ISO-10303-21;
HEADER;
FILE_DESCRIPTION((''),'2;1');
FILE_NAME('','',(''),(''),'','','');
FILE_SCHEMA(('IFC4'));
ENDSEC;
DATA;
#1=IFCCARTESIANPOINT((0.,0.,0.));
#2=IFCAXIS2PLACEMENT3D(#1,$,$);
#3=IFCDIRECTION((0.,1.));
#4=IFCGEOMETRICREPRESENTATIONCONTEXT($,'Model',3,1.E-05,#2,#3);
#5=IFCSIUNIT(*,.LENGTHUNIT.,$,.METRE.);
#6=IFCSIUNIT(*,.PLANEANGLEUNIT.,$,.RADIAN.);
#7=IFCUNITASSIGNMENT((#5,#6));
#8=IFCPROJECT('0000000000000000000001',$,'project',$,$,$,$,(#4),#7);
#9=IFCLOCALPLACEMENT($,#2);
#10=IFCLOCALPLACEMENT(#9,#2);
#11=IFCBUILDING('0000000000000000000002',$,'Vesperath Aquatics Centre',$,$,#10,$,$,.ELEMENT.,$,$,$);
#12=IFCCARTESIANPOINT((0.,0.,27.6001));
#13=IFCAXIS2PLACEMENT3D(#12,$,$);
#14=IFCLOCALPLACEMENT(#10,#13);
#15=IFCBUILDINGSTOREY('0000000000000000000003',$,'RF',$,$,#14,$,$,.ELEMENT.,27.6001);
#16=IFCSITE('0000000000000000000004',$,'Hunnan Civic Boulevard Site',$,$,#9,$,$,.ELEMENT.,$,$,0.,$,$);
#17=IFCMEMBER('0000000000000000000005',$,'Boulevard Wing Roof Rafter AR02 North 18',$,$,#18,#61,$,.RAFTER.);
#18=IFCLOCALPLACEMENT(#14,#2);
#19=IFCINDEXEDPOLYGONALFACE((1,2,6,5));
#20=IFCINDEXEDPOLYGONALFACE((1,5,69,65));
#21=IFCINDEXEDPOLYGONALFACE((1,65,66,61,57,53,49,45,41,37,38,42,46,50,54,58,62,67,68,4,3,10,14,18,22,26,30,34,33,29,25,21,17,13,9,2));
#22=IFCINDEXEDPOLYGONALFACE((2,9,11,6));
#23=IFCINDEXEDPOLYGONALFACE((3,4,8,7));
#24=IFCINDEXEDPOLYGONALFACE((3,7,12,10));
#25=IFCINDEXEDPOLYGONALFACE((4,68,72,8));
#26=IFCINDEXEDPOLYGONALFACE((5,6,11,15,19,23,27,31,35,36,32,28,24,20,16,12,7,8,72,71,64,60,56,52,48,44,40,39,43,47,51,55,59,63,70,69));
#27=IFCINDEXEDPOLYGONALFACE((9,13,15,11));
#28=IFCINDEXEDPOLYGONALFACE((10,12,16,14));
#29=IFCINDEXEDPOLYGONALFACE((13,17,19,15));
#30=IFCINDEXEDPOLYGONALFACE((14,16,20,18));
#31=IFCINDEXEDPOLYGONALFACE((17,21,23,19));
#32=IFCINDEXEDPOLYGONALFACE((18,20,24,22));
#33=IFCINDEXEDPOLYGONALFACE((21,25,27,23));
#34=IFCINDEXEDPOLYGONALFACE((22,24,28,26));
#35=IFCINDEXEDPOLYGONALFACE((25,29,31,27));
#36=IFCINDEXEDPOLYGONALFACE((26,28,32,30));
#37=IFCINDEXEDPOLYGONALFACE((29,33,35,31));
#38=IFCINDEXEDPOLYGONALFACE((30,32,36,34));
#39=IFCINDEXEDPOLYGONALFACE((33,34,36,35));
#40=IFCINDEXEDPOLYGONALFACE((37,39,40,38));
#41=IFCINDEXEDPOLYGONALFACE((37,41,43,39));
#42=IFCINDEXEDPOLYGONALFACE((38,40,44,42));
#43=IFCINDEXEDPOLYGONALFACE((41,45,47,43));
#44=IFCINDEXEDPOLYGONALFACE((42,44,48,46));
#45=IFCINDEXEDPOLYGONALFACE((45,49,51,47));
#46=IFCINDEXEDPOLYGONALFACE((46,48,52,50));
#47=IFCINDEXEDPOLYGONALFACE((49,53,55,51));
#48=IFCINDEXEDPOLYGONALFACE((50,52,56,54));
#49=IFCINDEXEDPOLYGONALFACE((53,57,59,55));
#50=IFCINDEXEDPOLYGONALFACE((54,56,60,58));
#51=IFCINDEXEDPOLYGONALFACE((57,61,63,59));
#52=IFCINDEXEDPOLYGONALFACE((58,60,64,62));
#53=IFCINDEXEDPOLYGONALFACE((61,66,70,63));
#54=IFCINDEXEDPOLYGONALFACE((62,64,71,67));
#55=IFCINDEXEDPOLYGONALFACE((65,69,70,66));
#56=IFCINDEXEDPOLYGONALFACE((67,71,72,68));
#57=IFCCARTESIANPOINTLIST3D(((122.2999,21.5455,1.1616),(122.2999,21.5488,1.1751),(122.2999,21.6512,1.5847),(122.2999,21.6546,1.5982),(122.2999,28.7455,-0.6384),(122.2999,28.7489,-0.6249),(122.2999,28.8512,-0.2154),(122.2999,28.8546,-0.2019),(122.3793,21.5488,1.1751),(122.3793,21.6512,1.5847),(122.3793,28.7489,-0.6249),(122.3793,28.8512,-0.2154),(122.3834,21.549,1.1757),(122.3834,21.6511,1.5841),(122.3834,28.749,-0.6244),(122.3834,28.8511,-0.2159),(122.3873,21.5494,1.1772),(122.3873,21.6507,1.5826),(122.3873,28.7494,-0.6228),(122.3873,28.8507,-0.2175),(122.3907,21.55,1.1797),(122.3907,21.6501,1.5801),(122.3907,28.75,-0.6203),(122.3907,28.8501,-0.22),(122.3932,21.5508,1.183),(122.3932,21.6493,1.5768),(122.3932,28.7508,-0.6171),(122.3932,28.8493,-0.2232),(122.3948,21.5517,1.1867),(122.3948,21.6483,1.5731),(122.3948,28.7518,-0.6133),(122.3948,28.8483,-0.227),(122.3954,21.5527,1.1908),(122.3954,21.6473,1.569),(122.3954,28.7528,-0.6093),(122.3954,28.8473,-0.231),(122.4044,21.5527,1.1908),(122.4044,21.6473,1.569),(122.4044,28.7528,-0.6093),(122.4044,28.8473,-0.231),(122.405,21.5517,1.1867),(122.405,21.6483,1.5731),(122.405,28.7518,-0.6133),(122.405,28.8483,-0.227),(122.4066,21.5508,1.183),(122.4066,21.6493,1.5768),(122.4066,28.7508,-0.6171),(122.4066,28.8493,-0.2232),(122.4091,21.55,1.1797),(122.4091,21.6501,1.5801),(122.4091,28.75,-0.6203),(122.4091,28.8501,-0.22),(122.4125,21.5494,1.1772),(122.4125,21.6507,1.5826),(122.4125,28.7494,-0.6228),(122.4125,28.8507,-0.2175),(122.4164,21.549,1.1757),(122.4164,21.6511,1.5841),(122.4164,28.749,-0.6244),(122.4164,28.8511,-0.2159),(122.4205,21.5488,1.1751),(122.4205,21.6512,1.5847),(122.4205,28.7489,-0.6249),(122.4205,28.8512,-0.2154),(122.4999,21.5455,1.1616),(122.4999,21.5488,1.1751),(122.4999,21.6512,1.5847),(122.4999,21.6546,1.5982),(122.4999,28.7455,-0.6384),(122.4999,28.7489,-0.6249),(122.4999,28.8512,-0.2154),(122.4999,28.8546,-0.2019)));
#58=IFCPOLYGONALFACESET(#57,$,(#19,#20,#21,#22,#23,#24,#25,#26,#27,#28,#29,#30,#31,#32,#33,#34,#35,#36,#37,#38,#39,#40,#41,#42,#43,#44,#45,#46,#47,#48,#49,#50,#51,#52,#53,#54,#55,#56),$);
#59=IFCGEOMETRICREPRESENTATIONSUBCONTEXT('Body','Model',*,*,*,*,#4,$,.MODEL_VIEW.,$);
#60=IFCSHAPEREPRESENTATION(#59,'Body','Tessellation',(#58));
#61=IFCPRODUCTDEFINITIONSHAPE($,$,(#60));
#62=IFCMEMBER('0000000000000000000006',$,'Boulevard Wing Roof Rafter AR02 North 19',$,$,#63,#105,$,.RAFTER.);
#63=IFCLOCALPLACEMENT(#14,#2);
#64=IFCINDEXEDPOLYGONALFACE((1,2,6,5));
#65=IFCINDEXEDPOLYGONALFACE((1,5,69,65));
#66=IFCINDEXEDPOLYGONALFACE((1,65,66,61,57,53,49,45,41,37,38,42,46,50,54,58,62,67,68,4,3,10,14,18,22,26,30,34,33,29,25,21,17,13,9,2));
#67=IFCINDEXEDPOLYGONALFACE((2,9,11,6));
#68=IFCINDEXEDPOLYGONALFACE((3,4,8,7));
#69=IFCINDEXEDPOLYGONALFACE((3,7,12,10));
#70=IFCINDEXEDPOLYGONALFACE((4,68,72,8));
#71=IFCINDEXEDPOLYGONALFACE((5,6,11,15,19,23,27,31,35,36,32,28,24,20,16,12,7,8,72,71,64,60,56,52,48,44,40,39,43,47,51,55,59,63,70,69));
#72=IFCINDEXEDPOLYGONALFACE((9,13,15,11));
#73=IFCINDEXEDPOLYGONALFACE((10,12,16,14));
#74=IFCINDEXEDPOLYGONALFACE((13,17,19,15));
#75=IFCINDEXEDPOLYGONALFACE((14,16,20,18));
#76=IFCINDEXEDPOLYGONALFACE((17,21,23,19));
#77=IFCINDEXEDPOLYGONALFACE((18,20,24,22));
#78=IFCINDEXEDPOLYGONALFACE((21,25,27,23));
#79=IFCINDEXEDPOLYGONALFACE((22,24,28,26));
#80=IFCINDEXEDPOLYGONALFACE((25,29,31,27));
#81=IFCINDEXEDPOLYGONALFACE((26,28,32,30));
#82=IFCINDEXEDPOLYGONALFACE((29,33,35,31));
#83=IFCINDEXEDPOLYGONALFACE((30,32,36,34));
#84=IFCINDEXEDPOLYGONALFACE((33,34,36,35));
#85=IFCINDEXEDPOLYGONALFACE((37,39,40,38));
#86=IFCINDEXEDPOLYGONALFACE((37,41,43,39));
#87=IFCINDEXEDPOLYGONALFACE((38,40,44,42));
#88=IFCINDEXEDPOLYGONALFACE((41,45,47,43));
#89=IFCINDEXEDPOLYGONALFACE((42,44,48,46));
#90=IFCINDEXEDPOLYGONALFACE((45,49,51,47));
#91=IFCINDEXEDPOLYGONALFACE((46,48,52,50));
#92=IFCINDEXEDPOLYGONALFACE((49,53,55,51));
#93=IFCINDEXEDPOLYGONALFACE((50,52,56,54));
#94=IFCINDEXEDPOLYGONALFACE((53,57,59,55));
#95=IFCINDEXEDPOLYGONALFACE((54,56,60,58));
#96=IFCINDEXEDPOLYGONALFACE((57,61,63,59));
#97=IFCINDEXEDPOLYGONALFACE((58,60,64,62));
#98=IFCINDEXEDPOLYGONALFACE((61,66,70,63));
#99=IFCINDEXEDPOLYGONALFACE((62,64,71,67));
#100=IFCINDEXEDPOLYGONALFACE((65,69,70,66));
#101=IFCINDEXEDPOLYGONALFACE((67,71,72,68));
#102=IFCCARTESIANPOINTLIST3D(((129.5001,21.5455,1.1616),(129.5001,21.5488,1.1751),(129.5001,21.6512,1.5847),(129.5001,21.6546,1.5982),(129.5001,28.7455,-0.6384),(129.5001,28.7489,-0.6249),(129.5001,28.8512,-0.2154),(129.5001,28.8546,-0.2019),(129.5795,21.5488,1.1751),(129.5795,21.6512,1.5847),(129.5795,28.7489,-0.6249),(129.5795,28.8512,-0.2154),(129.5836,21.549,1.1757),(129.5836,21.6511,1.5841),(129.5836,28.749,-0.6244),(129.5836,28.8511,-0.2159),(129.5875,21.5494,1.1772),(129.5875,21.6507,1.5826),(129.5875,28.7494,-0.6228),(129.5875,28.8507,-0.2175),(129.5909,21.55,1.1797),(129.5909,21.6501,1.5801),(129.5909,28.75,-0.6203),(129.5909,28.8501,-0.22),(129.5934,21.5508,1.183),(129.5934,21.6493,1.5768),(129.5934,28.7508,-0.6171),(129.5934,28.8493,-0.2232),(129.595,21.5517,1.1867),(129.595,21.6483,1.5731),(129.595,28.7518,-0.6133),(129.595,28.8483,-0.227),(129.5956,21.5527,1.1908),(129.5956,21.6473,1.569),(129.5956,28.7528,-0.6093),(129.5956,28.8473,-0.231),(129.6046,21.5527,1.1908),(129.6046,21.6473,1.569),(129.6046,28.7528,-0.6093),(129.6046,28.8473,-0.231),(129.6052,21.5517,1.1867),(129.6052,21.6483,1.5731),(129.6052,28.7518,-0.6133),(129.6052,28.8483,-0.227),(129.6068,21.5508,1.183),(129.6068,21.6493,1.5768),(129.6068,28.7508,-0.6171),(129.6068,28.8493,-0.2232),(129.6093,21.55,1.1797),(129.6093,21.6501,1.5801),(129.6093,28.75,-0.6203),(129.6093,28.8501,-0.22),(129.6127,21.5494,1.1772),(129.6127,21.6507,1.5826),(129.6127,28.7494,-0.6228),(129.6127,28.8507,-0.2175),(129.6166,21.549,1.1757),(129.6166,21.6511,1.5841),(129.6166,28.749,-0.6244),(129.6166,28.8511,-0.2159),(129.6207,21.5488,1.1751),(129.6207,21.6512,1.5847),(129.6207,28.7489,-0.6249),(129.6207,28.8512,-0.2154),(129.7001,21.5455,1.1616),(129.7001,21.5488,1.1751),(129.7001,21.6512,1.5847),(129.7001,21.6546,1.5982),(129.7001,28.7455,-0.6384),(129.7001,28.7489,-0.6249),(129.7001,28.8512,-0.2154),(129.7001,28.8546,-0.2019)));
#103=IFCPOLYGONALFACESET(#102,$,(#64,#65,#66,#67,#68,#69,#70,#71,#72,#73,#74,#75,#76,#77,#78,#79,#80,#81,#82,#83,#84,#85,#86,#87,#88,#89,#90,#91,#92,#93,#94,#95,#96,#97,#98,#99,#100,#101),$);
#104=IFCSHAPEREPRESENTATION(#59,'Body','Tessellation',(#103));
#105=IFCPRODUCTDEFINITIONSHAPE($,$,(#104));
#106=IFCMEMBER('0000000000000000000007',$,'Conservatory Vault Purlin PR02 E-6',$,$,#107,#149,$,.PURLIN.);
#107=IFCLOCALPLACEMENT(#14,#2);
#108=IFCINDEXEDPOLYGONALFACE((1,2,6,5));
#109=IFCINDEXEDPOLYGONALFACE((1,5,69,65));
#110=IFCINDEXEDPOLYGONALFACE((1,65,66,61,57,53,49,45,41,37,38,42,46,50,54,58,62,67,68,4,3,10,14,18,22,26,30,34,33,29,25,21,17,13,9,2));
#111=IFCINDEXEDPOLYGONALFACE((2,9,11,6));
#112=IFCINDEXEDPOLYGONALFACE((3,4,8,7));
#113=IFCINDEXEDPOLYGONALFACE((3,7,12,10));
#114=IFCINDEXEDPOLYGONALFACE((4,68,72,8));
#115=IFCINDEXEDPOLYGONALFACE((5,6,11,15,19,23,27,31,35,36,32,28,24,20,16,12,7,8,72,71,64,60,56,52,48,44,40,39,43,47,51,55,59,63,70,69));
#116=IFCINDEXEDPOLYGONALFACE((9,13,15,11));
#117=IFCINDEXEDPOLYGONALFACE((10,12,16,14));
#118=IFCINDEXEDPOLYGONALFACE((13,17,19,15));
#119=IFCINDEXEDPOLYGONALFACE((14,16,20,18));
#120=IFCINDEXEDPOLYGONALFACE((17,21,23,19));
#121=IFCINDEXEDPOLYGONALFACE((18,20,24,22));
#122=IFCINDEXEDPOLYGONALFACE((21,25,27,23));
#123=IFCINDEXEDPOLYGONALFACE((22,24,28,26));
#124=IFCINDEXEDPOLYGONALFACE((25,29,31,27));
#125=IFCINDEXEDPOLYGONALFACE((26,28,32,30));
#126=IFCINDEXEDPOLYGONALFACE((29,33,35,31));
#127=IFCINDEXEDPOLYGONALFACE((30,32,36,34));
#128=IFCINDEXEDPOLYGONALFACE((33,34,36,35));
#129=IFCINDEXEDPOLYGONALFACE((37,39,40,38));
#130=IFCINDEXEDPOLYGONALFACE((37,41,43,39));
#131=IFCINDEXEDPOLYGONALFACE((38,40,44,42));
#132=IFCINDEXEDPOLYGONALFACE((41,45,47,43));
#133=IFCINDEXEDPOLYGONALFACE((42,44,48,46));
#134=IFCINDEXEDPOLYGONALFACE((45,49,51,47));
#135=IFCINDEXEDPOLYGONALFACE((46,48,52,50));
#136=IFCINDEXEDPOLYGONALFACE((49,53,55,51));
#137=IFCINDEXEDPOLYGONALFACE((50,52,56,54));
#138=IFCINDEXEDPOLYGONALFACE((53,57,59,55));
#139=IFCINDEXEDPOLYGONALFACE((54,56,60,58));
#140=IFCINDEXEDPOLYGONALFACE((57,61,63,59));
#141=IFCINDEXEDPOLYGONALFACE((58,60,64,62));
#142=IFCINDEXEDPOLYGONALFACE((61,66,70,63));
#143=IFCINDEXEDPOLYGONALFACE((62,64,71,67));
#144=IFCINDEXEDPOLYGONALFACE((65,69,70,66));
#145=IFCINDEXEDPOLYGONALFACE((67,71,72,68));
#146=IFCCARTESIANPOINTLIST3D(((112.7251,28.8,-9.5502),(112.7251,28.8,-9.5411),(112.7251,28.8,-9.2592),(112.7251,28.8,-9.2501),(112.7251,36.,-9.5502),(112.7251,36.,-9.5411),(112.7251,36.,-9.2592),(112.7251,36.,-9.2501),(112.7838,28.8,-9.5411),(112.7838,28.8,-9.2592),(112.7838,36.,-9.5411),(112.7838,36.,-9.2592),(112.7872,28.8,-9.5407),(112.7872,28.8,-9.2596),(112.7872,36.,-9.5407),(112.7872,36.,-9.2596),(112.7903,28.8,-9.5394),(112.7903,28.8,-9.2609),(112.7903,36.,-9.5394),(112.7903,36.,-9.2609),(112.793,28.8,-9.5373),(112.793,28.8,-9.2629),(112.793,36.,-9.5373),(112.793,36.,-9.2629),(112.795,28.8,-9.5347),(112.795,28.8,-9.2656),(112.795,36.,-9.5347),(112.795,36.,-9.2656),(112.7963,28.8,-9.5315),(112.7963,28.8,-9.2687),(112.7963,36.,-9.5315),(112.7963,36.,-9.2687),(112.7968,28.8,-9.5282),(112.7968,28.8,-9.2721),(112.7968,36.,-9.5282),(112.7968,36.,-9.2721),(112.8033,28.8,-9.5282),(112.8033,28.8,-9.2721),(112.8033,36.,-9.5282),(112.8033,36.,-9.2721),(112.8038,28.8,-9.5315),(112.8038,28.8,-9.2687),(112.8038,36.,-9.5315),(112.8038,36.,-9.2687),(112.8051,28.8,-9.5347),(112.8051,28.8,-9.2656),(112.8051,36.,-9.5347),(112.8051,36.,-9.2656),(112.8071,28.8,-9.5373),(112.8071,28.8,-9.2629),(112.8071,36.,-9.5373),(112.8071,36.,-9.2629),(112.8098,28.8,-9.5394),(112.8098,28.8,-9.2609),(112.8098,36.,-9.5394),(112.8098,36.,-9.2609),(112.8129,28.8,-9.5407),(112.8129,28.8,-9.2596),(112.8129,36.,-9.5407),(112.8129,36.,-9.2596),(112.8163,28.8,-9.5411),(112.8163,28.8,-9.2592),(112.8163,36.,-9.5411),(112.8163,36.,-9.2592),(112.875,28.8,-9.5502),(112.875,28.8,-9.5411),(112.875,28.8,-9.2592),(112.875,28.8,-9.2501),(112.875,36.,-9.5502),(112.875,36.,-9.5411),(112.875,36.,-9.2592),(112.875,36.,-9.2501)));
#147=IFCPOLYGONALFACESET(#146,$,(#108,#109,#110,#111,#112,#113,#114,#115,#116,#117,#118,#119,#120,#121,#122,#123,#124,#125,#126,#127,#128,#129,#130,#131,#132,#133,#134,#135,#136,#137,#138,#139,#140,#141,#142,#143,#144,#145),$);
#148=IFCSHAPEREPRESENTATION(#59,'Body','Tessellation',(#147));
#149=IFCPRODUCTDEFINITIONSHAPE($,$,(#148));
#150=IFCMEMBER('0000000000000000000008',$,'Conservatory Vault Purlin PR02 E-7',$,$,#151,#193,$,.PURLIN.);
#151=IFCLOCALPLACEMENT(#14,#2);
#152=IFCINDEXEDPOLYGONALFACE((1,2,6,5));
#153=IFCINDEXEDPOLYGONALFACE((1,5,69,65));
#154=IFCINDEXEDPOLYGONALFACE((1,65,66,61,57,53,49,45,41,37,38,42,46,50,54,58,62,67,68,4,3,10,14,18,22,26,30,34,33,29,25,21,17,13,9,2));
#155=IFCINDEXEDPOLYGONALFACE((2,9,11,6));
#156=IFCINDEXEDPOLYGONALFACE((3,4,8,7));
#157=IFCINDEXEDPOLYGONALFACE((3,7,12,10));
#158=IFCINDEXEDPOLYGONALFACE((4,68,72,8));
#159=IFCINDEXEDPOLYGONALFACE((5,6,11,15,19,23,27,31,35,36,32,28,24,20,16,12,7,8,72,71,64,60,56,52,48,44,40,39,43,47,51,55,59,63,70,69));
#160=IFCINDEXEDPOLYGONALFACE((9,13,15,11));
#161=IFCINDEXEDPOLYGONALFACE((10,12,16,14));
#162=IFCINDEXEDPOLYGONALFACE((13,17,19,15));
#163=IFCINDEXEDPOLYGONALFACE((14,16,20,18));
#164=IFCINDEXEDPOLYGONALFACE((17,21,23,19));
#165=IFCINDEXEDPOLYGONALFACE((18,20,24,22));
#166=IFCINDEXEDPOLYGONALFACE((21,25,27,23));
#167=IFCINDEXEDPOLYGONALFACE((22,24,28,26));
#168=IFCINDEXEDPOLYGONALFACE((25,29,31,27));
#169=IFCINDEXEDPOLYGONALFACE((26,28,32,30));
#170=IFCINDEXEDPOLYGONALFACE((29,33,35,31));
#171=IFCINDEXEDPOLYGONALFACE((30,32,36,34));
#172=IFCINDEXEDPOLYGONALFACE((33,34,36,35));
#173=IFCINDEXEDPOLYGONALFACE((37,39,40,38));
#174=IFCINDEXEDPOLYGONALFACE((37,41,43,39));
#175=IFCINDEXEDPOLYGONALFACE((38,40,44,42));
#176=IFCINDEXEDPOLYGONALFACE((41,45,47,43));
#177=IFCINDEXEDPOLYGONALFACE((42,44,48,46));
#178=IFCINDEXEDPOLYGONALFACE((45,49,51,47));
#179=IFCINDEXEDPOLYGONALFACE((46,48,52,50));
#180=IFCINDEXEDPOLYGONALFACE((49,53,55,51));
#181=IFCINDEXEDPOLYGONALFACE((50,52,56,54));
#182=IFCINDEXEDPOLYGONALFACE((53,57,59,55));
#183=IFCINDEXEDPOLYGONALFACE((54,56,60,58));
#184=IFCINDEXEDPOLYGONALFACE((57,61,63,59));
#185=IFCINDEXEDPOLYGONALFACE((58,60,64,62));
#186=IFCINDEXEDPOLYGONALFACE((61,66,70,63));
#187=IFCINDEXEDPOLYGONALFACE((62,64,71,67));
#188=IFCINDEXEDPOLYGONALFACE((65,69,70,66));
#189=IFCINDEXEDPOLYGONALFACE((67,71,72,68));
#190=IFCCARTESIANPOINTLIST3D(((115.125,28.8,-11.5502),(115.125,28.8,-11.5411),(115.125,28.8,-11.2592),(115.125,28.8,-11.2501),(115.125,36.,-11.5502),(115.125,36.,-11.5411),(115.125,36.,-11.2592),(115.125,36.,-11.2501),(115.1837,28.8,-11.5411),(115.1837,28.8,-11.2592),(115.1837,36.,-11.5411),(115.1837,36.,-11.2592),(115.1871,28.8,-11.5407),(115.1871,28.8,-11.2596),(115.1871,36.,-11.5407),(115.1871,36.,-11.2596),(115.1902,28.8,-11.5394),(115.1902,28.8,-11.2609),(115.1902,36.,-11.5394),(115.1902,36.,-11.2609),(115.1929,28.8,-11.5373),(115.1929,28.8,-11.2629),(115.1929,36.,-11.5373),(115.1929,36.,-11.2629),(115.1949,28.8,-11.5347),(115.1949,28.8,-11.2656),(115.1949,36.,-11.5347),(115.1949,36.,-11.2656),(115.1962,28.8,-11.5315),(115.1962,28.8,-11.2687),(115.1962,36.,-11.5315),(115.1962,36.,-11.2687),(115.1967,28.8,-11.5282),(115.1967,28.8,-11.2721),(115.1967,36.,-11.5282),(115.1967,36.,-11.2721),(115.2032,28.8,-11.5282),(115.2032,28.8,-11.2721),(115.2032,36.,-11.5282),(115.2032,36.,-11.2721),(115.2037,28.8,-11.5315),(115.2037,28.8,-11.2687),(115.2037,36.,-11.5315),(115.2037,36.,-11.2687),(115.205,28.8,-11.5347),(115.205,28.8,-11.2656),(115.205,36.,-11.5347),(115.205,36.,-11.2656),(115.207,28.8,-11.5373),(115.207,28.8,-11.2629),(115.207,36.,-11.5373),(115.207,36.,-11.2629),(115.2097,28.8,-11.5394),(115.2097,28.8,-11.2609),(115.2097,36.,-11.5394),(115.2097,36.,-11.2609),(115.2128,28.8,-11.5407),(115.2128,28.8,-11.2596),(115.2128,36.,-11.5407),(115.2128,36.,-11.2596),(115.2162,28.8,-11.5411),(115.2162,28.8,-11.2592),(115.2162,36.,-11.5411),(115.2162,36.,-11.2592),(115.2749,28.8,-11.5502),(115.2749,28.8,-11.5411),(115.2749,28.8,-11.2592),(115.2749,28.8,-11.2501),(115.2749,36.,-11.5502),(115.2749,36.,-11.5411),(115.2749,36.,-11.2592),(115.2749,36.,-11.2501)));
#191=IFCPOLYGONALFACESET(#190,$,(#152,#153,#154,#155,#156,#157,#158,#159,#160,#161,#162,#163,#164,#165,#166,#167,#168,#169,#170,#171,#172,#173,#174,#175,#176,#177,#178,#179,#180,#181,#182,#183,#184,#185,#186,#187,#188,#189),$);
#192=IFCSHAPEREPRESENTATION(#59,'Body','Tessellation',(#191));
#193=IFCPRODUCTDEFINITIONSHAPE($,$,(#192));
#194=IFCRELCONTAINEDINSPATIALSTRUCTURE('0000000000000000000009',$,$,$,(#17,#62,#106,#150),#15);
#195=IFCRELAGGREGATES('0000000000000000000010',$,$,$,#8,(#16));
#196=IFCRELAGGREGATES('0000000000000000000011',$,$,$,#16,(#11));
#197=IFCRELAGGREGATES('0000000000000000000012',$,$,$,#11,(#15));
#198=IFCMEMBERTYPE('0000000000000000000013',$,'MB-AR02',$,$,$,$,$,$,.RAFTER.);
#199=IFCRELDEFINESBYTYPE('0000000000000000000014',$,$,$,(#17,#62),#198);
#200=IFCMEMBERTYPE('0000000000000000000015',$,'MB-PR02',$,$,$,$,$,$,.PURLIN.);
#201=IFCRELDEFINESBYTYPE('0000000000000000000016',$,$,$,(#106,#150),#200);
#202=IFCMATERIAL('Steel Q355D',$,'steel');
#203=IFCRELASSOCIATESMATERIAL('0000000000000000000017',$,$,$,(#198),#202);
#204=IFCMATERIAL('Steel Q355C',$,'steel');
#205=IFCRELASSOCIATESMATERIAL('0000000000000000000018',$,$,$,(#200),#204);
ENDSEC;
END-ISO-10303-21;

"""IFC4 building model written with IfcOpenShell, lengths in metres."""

from ifc_helpers import new_model, si_unit, direction, frame, origin, origin_2d, place, context, subcontext, project, spatial, i_section, extrude, material, material_profile, profile_set, type_object, element, save


model = new_model("IFC4")

# Units and contexts
model_context = context("Model", 3, precision=1e-05, world=origin(), true_north=direction((0.0, 1.0)))
body_context = subcontext(model_context, "Body", "Model", "MODEL_VIEW")
ifc_project = project(units=[si_unit("LENGTHUNIT", "METRE"), si_unit("PLANEANGLEUNIT", "RADIAN")], contexts=[model_context])

# Site, building, storey
site_placement = place(None, origin())
site = spatial("IfcSite", under=ifc_project, at=site_placement, Name="Hunnan Civic Boulevard Site", CompositionType="ELEMENT", RefElevation=0.0)
building_placement = place(site_placement, origin())
building = spatial("IfcBuilding", under=site, at=building_placement, Name="Vesperath Aquatics Centre", CompositionType="ELEMENT")
storey_placement = place(building_placement, frame((0.0, 0.0, 27.6001)))
storey = spatial("IfcBuildingStorey", under=building, at=storey_placement, Name="RF", CompositionType="ELEMENT", Elevation=27.6001)

# Shared definitions
ifc_material_1 = material(Name="Steel Q355C", Category="steel")

# Shared definitions
ifc_material_2 = material(Name="Steel Q355D", Category="steel")

# Members
ifc_material_profile_1 = material_profile(ifc_material_2, i_section(OverallWidth=0.2, OverallDepth=0.45, WebThickness=0.009, FlangeThickness=0.0139, FilletRadius=0.0161, at=origin_2d()), Name="HN 450x200x9x14")
ifc_profile_set_1 = profile_set([ifc_material_profile_1], Name="Steel Q355D")
member_type_1 = type_object("IfcMemberType", Name="MB-AR02", PredefinedType="RAFTER", material=ifc_profile_set_1)
for number, where, z_axis, x_axis, name in (
    (1, (122.3999, 28.8, -0.4202), (0.0, -0.970141, 0.242543), (1.0, 0.0, 0.0), "Boulevard Wing Roof Rafter AR02 North 18"),
    (2, (129.6001, 28.8, -0.4202), (0.0, -0.970141, 0.242543), (1.0, 0.0, 0.0), "Boulevard Wing Roof Rafter AR02 North 19"),
):
    element("IfcMember", number, at=place(storey_placement, frame(where, z_axis=z_axis, x_axis=x_axis)), inside=storey, type_object=member_type_1, Name=name, PredefinedType="RAFTER", context=body_context, shape_type="SweptSolid", body=[
        extrude(i_section(OverallWidth=0.2, OverallDepth=0.45, WebThickness=0.009, FlangeThickness=0.0139, FilletRadius=0.0161, at=origin_2d()), origin(), (0.0, 0.0, 1.0), 7.4216),
    ])
ifc_material_profile_2 = material_profile(ifc_material_1, i_section(OverallWidth=0.1499, OverallDepth=0.3, WebThickness=0.0066, FlangeThickness=0.009, FilletRadius=0.0129, at=origin_2d()), Name="HN 300x150x6.5x9")
ifc_profile_set_2 = profile_set([ifc_material_profile_2], Name="Steel Q355C")
member_type_2 = type_object("IfcMemberType", Name="MB-PR02", PredefinedType="PURLIN", material=ifc_profile_set_2)
for number, where, z_axis, x_axis, name in (
    (3, (112.8, 28.8, -9.4001), (0.0, 1.0, 0.0), (-1.0, 0.0, 0.0), "Conservatory Vault Purlin PR02 E-6"),
    (4, (115.2, 28.8, -11.4001), (0.0, 1.0, 0.0), (-1.0, 0.0, 0.0), "Conservatory Vault Purlin PR02 E-7"),
):
    element("IfcMember", number, at=place(storey_placement, frame(where, z_axis=z_axis, x_axis=x_axis)), inside=storey, type_object=member_type_2, Name=name, PredefinedType="PURLIN", context=body_context, shape_type="SweptSolid", body=[
        extrude(i_section(OverallWidth=0.1499, OverallDepth=0.3, WebThickness=0.0066, FlangeThickness=0.009, FilletRadius=0.0129, at=origin_2d()), origin(), (0.0, 0.0, 1.0), 7.2),
    ])

save(model, "model.ifc")
